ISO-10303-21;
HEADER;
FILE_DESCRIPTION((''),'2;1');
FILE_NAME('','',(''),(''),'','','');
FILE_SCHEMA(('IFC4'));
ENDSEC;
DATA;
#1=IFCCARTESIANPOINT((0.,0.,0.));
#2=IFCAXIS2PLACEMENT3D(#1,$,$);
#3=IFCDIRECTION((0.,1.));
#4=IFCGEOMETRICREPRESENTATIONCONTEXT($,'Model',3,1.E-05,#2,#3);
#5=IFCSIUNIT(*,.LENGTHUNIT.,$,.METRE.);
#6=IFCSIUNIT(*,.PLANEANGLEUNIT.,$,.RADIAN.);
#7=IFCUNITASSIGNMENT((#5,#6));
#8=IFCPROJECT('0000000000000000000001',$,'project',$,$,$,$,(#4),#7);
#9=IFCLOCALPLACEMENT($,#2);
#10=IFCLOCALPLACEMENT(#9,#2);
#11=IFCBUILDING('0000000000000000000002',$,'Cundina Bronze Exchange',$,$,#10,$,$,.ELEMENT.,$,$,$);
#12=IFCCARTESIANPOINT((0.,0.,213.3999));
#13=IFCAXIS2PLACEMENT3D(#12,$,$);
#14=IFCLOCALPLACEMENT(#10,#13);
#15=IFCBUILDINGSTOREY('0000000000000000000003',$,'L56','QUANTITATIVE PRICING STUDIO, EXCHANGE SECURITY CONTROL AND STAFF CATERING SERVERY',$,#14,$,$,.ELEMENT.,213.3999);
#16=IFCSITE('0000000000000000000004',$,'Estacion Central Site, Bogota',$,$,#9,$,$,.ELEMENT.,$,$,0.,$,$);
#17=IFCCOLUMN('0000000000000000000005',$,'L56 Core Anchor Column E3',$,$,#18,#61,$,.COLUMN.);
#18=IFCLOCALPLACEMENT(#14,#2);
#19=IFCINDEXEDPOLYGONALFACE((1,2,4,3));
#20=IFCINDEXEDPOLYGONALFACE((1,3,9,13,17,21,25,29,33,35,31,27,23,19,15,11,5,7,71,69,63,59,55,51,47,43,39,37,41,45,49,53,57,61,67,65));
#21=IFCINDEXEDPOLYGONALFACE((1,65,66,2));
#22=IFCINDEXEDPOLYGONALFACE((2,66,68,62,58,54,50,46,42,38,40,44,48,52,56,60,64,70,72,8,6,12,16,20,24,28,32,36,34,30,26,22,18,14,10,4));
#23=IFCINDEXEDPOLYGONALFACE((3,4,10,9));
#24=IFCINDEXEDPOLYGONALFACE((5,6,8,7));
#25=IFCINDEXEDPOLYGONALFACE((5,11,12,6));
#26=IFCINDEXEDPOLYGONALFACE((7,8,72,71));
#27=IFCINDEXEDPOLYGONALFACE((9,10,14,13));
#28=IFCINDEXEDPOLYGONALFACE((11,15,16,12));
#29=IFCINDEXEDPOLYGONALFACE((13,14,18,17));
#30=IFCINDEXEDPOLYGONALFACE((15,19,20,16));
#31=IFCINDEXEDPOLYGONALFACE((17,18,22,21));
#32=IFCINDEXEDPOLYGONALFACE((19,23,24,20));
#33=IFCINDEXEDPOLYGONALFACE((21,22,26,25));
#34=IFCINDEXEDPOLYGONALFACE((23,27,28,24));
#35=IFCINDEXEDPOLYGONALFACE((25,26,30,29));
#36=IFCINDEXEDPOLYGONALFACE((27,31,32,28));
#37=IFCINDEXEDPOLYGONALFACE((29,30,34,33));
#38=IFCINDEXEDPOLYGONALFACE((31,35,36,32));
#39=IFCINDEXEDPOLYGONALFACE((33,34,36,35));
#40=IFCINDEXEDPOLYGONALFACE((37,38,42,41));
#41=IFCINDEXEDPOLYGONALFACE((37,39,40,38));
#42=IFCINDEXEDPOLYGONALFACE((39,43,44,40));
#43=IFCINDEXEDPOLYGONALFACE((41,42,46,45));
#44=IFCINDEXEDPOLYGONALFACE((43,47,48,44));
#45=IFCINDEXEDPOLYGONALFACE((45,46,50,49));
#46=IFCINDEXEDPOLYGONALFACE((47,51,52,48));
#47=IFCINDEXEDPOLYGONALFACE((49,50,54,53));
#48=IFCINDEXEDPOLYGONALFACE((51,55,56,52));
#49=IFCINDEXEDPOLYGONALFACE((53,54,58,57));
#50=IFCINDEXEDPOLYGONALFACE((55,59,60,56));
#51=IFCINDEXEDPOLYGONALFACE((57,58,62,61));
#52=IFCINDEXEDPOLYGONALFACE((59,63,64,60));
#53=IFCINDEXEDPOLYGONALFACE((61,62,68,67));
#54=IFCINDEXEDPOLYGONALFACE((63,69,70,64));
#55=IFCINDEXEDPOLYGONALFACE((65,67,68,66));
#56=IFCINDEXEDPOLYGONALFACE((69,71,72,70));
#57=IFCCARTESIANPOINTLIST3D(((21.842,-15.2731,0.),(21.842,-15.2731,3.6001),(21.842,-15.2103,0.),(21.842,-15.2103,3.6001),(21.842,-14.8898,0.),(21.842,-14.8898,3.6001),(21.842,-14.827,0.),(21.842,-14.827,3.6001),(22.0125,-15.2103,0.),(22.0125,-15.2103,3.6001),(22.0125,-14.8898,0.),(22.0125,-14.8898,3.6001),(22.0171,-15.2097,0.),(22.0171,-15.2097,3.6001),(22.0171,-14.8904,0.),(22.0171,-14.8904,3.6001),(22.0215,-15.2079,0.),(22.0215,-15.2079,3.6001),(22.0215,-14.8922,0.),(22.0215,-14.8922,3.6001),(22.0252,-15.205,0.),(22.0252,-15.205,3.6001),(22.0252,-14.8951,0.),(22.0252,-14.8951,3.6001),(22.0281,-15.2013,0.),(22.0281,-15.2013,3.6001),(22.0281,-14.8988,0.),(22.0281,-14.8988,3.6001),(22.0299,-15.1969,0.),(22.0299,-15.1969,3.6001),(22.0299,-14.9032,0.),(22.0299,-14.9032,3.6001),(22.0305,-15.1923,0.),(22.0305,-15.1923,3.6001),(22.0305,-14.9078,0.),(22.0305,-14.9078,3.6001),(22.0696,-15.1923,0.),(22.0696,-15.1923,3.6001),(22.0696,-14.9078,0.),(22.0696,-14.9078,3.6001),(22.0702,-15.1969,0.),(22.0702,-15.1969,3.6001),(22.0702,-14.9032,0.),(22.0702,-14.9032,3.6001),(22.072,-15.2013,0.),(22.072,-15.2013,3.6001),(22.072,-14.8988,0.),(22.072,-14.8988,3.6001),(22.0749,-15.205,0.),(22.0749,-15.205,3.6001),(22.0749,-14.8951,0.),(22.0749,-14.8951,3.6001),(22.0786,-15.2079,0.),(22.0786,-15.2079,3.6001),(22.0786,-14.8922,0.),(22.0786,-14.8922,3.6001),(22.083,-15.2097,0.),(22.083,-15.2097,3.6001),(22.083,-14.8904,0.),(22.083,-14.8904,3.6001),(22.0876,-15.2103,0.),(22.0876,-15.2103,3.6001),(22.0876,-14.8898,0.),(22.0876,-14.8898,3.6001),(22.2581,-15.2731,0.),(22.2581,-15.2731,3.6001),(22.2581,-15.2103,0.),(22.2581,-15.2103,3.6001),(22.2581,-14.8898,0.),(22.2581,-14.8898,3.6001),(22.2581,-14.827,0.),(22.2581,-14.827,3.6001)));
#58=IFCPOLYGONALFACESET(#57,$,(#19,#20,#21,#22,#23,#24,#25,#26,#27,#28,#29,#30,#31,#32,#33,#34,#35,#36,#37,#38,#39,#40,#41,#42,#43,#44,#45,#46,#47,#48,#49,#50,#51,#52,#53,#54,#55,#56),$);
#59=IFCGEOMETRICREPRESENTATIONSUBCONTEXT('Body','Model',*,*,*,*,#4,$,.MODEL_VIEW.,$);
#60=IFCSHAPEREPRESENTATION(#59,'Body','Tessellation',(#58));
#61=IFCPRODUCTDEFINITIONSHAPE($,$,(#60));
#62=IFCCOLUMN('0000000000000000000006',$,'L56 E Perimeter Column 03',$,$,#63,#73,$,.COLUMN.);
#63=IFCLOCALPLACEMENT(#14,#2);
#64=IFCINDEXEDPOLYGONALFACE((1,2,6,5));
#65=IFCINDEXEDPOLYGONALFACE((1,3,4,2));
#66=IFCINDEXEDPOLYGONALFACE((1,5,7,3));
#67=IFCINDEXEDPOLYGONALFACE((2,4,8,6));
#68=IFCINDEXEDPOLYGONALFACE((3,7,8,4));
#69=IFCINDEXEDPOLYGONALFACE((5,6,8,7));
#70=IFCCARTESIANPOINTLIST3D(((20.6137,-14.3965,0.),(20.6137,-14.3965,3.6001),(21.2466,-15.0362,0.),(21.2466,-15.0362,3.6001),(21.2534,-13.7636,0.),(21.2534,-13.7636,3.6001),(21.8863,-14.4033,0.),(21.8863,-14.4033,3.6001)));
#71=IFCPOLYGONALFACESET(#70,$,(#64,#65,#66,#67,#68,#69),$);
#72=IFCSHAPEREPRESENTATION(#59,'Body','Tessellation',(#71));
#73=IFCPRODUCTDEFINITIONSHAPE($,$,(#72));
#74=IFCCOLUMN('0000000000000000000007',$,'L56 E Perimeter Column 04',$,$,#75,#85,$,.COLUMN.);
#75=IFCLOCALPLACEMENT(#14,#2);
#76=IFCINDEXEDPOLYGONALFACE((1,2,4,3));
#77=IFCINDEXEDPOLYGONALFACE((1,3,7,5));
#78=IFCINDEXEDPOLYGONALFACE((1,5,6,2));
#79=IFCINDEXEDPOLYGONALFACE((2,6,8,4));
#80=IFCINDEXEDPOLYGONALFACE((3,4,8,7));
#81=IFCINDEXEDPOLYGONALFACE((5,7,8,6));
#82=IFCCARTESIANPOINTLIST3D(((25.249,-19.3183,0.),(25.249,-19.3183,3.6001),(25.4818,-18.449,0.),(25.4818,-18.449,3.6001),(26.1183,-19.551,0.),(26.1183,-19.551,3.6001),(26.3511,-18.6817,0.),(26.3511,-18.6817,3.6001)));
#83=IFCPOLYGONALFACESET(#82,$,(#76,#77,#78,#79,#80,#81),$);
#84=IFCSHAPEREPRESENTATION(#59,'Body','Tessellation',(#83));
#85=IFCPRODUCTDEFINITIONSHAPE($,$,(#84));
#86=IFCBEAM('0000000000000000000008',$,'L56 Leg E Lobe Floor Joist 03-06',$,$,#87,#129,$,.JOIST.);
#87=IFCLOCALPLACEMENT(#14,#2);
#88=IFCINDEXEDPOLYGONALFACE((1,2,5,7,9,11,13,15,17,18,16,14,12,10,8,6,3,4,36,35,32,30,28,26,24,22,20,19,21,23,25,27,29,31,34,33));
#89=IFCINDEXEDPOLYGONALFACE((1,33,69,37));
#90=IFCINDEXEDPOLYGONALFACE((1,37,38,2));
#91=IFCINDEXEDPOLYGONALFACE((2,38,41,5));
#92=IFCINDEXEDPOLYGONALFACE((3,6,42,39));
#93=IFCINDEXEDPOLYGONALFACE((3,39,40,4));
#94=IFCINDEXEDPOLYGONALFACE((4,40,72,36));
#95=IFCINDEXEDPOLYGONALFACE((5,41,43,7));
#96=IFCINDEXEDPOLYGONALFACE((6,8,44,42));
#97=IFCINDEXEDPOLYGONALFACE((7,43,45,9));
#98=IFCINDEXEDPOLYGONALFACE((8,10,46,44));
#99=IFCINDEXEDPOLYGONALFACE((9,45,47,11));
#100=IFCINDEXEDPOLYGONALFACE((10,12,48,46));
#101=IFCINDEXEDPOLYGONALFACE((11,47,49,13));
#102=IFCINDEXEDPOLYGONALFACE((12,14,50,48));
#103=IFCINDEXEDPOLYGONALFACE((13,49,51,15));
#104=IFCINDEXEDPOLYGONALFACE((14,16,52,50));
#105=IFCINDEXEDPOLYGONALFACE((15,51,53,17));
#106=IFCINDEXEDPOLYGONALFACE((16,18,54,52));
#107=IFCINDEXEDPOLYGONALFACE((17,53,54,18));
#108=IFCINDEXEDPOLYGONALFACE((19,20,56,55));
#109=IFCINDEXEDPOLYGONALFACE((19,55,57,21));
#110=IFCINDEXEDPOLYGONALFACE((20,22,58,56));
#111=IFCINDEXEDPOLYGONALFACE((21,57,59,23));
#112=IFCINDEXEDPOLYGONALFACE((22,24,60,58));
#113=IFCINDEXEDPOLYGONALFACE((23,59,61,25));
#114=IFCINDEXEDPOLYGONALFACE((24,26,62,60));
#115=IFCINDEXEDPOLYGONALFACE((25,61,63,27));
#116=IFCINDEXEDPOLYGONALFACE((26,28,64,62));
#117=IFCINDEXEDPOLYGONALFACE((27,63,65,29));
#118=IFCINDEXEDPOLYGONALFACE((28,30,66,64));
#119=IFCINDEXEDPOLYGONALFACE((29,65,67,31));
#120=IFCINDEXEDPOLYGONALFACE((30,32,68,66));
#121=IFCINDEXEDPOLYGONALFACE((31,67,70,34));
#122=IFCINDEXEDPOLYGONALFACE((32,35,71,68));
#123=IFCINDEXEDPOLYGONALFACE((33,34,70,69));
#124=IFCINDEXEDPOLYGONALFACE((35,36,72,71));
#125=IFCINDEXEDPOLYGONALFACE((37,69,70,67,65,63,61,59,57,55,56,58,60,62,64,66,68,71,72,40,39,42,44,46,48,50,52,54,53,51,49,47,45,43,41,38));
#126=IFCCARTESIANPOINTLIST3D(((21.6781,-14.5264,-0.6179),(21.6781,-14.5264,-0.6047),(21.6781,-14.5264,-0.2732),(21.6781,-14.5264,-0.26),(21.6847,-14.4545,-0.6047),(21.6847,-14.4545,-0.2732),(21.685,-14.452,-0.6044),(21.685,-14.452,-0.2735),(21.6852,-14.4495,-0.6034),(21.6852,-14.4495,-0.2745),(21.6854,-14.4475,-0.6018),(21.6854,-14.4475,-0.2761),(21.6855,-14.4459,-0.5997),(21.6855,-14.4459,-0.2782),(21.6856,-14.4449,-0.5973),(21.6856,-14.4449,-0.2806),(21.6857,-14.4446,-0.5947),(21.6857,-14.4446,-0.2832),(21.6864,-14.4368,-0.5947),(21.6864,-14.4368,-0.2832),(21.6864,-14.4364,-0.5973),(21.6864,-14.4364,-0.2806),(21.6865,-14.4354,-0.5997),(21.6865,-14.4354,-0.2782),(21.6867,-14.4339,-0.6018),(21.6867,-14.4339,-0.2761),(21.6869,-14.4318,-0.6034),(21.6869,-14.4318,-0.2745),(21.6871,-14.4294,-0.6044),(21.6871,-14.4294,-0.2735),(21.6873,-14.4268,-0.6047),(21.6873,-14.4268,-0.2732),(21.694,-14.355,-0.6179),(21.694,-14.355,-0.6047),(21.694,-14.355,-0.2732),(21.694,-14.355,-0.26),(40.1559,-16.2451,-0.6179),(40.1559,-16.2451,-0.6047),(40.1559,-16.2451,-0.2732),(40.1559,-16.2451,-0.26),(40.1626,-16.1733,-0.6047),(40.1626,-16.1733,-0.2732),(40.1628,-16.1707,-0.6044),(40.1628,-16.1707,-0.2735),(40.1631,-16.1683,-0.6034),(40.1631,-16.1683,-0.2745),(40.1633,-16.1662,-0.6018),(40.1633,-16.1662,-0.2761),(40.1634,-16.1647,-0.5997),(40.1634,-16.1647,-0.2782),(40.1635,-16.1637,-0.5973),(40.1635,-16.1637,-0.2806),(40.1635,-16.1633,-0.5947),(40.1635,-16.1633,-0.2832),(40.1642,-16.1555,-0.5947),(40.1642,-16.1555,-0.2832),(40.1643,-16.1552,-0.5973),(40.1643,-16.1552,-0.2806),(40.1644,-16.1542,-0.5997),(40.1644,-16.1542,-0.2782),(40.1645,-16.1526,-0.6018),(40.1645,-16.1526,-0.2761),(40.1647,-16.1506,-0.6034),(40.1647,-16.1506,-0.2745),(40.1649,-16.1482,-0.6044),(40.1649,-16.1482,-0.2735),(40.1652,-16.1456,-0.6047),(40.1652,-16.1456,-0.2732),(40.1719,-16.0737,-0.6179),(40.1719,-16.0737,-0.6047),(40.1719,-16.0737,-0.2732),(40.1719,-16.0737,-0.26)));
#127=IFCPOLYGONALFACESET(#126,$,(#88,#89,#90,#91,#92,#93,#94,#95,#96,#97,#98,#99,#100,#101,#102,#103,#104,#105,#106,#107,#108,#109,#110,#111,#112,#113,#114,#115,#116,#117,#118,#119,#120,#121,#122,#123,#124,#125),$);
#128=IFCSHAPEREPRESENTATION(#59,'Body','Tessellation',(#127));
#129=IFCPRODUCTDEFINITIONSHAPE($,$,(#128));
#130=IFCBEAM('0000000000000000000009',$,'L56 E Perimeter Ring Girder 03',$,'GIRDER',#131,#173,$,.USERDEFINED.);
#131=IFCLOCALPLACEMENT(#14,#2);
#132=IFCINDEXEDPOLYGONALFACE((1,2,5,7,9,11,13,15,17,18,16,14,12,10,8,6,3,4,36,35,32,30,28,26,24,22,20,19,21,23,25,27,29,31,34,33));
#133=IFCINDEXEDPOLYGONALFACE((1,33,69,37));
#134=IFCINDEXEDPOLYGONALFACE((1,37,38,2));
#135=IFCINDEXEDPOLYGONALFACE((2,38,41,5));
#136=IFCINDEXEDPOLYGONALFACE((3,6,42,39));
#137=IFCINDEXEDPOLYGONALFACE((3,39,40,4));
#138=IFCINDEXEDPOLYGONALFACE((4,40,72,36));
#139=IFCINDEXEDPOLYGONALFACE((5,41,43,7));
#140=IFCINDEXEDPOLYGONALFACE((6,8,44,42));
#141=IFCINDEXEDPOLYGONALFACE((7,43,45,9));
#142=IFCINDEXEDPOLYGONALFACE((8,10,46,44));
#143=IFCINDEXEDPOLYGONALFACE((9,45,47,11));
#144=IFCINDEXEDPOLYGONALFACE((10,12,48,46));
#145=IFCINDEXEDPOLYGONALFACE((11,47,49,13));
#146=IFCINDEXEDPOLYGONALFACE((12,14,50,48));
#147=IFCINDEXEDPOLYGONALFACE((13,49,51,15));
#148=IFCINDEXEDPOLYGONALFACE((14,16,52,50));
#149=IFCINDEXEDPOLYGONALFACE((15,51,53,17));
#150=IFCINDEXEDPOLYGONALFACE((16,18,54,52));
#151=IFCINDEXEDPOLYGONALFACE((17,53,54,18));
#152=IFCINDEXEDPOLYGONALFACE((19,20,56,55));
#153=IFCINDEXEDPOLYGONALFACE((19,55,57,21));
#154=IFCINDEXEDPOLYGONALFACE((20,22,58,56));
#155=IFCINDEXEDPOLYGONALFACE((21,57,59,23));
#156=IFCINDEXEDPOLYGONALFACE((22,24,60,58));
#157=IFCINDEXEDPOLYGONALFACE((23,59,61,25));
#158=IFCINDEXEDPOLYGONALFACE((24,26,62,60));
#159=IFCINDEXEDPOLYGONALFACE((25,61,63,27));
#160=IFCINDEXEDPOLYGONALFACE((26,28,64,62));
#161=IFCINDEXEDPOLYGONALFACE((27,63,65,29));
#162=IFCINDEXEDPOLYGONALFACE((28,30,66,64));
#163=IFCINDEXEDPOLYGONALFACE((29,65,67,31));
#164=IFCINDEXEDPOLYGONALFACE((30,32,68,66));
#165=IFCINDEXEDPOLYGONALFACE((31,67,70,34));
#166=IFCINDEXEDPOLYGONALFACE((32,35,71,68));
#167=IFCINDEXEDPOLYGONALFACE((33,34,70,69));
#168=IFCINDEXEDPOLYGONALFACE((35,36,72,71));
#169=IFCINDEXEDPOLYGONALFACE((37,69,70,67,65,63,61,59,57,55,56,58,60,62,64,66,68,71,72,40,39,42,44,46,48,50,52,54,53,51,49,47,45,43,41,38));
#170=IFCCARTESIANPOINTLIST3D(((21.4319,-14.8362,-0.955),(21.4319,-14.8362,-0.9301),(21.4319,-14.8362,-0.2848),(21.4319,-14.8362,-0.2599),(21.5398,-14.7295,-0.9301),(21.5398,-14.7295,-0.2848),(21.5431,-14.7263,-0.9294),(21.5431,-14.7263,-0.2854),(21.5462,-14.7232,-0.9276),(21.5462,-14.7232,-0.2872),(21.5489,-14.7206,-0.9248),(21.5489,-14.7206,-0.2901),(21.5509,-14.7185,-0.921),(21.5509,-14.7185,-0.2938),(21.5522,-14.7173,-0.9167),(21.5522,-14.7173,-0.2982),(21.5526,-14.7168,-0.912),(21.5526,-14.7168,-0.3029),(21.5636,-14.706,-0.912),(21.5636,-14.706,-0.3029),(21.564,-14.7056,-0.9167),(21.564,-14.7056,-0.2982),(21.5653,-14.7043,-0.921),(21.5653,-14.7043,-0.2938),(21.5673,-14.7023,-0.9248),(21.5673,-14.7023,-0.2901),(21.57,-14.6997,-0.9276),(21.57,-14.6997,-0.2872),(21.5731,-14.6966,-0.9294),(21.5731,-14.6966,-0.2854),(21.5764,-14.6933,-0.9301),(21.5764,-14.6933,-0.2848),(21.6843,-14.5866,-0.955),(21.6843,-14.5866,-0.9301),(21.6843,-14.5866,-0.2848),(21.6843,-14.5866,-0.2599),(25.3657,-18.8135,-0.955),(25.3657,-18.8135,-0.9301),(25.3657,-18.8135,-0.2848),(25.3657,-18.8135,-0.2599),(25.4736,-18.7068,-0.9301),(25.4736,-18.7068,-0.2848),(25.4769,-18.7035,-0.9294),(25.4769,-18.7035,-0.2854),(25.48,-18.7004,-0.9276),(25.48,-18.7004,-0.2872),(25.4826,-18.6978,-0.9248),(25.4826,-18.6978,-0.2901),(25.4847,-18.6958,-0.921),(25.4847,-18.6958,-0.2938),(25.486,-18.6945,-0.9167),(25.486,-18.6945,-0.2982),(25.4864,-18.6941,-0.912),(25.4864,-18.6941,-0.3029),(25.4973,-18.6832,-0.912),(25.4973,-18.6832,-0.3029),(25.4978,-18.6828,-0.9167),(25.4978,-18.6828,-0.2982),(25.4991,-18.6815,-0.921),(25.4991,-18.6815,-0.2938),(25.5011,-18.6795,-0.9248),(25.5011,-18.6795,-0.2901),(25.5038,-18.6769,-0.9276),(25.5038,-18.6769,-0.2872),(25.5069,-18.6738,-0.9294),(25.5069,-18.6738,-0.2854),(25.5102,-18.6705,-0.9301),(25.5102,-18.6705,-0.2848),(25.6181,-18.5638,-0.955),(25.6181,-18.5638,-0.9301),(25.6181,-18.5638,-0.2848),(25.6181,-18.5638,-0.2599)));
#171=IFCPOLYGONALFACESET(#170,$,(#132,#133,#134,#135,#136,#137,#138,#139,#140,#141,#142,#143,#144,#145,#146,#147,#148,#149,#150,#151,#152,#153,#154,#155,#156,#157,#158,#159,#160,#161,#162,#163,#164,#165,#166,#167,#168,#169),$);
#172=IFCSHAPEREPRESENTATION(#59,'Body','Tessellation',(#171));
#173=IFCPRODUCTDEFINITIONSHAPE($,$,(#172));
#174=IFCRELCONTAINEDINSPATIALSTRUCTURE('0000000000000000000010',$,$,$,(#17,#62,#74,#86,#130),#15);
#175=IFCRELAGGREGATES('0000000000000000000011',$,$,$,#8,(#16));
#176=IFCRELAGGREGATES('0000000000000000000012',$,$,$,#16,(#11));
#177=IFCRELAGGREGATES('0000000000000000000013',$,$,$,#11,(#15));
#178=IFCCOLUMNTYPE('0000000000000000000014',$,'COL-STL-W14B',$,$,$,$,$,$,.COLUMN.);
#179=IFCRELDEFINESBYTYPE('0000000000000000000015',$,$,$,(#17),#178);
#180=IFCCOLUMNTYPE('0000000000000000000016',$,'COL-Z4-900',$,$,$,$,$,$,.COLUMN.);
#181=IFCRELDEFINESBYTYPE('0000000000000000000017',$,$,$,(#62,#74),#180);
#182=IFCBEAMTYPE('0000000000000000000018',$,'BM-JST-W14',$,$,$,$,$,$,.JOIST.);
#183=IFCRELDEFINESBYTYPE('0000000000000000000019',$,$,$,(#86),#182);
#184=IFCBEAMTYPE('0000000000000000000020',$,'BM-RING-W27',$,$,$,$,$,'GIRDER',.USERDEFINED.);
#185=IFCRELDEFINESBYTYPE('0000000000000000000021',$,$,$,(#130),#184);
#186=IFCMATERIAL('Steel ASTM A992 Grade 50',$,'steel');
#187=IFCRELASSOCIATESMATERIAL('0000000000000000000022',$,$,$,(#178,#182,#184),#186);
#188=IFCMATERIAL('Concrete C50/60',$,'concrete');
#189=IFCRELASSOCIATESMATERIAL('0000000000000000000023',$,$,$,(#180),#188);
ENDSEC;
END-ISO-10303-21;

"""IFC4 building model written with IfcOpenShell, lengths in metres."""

from ifc_helpers import new_model, si_unit, direction, frame, origin, origin_2d, place, context, subcontext, project, spatial, rectangle, i_section, extrude, material, material_profile, profile_set, type_object, element, save


model = new_model("IFC4")

# Units and contexts
model_context = context("Model", 3, precision=1e-05, world=origin(), true_north=direction((0.0, 1.0)))
body_context = subcontext(model_context, "Body", "Model", "MODEL_VIEW")
ifc_project = project(units=[si_unit("LENGTHUNIT", "METRE"), si_unit("PLANEANGLEUNIT", "RADIAN")], contexts=[model_context])

# Site, building, storey
site_placement = place(None, origin())
site = spatial("IfcSite", under=ifc_project, at=site_placement, Name="Estacion Central Site, Bogota", CompositionType="ELEMENT", RefElevation=0.0)
building_placement = place(site_placement, origin())
building = spatial("IfcBuilding", under=site, at=building_placement, Name="Cundina Bronze Exchange", CompositionType="ELEMENT")
storey_placement = place(building_placement, frame((0.0, 0.0, 213.3999)))
storey = spatial("IfcBuildingStorey", under=building, at=storey_placement, Name="L56", Description="QUANTITATIVE PRICING STUDIO, EXCHANGE SECURITY CONTROL AND STAFF CATERING SERVERY", CompositionType="ELEMENT", Elevation=213.3999)

# Columns
ifc_material_1 = material(Name="Steel ASTM A992 Grade 50", Category="steel")
ifc_material_profile_1 = material_profile(ifc_material_1, i_section(OverallWidth=0.416, OverallDepth=0.446, WebThickness=0.0391, FlangeThickness=0.0627, FilletRadius=0.0181, at=origin_2d()), Name="W14X342", Category="steel")
ifc_profile_set_1 = profile_set([ifc_material_profile_1], Name="Steel ASTM A992 Grade 50")
column_type_1 = type_object("IfcColumnType", Name="COL-STL-W14B", PredefinedType="COLUMN", material=ifc_profile_set_1)
column_placement = place(storey_placement, frame((22.05, -15.05, 0.0), z_axis=(0.0, 0.0, 1.0), x_axis=(1.0, 0.0, 0.0)))
element("IfcColumn", 1, at=column_placement, inside=storey, type_object=column_type_1, Name="L56 Core Anchor Column E3", PredefinedType="COLUMN", context=body_context, shape_type="SweptSolid", body=[
    extrude(i_section(OverallWidth=0.416, OverallDepth=0.446, WebThickness=0.0391, FlangeThickness=0.0627, FilletRadius=0.0181, at=origin_2d()), origin(), (0.0, 0.0, 1.0), 3.6001),
])
ifc_material_2 = material(Name="Concrete C50/60", Category="concrete")
ifc_material_profile_2 = material_profile(ifc_material_2, rectangle(XDim=0.8999, YDim=0.8999, at=origin_2d()), Name="RC900X900", Category="concrete")
ifc_profile_set_2 = profile_set([ifc_material_profile_2], Name="Concrete C50/60")
column_type_2 = type_object("IfcColumnType", Name="COL-Z4-900", PredefinedType="COLUMN", material=ifc_profile_set_2)
for number, where, z_axis, x_axis, name in (
    (2, (21.25, -14.3999, 0.0), (0.0, 0.0, 1.0), (0.703271, -0.710922, 0.0), "L56 E Perimeter Column 03"),
    (3, (25.8, -19.0, 0.0), (0.0, 0.0, 1.0), (0.965971, -0.25865, 0.0), "L56 E Perimeter Column 04"),
):
    element("IfcColumn", number, at=place(storey_placement, frame(where, z_axis=z_axis, x_axis=x_axis)), inside=storey, type_object=column_type_2, Name=name, PredefinedType="COLUMN", context=body_context, shape_type="SweptSolid", body=[
        extrude(rectangle(XDim=0.8999, YDim=0.8999, at=origin_2d()), origin(), (0.0, 0.0, 1.0), 3.6001),
    ])

# Beams
ifc_material_profile_3 = material_profile(ifc_material_1, i_section(OverallWidth=0.1721, OverallDepth=0.3579, WebThickness=0.0078, FlangeThickness=0.0132, FilletRadius=0.01, at=origin_2d()), Name="W14X38", Category="steel")
ifc_profile_set_3 = profile_set([ifc_material_profile_3], Name="Steel ASTM A992 Grade 50")
beam_type_1 = type_object("IfcBeamType", Name="BM-JST-W14", PredefinedType="JOIST", material=ifc_profile_set_3)
beam_1_placement = place(storey_placement, frame((21.686, -14.4407, -0.439), z_axis=(0.995702, -0.092617, 0.0), x_axis=(0.092617, 0.995702, 0.0)))
element("IfcBeam", 4, at=beam_1_placement, inside=storey, type_object=beam_type_1, Name="L56 Leg E Lobe Floor Joist 03-06", PredefinedType="JOIST", context=body_context, shape_type="SweptSolid", body=[
    extrude(i_section(OverallWidth=0.1721, OverallDepth=0.3579, WebThickness=0.0078, FlangeThickness=0.0132, FilletRadius=0.01, at=origin_2d()), origin(), (0.0, 0.0, 1.0), 18.5576),
])
ifc_material_profile_4 = material_profile(ifc_material_1, i_section(OverallWidth=0.355, OverallDepth=0.6951, WebThickness=0.0154, FlangeThickness=0.0249, FilletRadius=0.0181, at=origin_2d()), Name="W27X146", Category="steel")
ifc_profile_set_4 = profile_set([ifc_material_profile_4], Name="Steel ASTM A992 Grade 50")
beam_type_2 = type_object("IfcBeamType", Name="BM-RING-W27", ElementType="GIRDER", PredefinedType="USERDEFINED", material=ifc_profile_set_4)
beam_2_placement = place(storey_placement, frame((21.5581, -14.7114, -0.6074), z_axis=(0.703212, -0.71098, 0.0), x_axis=(0.71098, 0.703212, 0.0)))
element("IfcBeam", 5, at=beam_2_placement, inside=storey, type_object=beam_type_2, Name="L56 E Perimeter Ring Girder 03", ObjectType="GIRDER", PredefinedType="USERDEFINED", context=body_context, shape_type="SweptSolid", body=[
    extrude(i_section(OverallWidth=0.355, OverallDepth=0.6951, WebThickness=0.0154, FlangeThickness=0.0249, FilletRadius=0.0181, at=origin_2d()), origin(), (0.0, 0.0, 1.0), 5.594),
])

save(model, "model.ifc")
